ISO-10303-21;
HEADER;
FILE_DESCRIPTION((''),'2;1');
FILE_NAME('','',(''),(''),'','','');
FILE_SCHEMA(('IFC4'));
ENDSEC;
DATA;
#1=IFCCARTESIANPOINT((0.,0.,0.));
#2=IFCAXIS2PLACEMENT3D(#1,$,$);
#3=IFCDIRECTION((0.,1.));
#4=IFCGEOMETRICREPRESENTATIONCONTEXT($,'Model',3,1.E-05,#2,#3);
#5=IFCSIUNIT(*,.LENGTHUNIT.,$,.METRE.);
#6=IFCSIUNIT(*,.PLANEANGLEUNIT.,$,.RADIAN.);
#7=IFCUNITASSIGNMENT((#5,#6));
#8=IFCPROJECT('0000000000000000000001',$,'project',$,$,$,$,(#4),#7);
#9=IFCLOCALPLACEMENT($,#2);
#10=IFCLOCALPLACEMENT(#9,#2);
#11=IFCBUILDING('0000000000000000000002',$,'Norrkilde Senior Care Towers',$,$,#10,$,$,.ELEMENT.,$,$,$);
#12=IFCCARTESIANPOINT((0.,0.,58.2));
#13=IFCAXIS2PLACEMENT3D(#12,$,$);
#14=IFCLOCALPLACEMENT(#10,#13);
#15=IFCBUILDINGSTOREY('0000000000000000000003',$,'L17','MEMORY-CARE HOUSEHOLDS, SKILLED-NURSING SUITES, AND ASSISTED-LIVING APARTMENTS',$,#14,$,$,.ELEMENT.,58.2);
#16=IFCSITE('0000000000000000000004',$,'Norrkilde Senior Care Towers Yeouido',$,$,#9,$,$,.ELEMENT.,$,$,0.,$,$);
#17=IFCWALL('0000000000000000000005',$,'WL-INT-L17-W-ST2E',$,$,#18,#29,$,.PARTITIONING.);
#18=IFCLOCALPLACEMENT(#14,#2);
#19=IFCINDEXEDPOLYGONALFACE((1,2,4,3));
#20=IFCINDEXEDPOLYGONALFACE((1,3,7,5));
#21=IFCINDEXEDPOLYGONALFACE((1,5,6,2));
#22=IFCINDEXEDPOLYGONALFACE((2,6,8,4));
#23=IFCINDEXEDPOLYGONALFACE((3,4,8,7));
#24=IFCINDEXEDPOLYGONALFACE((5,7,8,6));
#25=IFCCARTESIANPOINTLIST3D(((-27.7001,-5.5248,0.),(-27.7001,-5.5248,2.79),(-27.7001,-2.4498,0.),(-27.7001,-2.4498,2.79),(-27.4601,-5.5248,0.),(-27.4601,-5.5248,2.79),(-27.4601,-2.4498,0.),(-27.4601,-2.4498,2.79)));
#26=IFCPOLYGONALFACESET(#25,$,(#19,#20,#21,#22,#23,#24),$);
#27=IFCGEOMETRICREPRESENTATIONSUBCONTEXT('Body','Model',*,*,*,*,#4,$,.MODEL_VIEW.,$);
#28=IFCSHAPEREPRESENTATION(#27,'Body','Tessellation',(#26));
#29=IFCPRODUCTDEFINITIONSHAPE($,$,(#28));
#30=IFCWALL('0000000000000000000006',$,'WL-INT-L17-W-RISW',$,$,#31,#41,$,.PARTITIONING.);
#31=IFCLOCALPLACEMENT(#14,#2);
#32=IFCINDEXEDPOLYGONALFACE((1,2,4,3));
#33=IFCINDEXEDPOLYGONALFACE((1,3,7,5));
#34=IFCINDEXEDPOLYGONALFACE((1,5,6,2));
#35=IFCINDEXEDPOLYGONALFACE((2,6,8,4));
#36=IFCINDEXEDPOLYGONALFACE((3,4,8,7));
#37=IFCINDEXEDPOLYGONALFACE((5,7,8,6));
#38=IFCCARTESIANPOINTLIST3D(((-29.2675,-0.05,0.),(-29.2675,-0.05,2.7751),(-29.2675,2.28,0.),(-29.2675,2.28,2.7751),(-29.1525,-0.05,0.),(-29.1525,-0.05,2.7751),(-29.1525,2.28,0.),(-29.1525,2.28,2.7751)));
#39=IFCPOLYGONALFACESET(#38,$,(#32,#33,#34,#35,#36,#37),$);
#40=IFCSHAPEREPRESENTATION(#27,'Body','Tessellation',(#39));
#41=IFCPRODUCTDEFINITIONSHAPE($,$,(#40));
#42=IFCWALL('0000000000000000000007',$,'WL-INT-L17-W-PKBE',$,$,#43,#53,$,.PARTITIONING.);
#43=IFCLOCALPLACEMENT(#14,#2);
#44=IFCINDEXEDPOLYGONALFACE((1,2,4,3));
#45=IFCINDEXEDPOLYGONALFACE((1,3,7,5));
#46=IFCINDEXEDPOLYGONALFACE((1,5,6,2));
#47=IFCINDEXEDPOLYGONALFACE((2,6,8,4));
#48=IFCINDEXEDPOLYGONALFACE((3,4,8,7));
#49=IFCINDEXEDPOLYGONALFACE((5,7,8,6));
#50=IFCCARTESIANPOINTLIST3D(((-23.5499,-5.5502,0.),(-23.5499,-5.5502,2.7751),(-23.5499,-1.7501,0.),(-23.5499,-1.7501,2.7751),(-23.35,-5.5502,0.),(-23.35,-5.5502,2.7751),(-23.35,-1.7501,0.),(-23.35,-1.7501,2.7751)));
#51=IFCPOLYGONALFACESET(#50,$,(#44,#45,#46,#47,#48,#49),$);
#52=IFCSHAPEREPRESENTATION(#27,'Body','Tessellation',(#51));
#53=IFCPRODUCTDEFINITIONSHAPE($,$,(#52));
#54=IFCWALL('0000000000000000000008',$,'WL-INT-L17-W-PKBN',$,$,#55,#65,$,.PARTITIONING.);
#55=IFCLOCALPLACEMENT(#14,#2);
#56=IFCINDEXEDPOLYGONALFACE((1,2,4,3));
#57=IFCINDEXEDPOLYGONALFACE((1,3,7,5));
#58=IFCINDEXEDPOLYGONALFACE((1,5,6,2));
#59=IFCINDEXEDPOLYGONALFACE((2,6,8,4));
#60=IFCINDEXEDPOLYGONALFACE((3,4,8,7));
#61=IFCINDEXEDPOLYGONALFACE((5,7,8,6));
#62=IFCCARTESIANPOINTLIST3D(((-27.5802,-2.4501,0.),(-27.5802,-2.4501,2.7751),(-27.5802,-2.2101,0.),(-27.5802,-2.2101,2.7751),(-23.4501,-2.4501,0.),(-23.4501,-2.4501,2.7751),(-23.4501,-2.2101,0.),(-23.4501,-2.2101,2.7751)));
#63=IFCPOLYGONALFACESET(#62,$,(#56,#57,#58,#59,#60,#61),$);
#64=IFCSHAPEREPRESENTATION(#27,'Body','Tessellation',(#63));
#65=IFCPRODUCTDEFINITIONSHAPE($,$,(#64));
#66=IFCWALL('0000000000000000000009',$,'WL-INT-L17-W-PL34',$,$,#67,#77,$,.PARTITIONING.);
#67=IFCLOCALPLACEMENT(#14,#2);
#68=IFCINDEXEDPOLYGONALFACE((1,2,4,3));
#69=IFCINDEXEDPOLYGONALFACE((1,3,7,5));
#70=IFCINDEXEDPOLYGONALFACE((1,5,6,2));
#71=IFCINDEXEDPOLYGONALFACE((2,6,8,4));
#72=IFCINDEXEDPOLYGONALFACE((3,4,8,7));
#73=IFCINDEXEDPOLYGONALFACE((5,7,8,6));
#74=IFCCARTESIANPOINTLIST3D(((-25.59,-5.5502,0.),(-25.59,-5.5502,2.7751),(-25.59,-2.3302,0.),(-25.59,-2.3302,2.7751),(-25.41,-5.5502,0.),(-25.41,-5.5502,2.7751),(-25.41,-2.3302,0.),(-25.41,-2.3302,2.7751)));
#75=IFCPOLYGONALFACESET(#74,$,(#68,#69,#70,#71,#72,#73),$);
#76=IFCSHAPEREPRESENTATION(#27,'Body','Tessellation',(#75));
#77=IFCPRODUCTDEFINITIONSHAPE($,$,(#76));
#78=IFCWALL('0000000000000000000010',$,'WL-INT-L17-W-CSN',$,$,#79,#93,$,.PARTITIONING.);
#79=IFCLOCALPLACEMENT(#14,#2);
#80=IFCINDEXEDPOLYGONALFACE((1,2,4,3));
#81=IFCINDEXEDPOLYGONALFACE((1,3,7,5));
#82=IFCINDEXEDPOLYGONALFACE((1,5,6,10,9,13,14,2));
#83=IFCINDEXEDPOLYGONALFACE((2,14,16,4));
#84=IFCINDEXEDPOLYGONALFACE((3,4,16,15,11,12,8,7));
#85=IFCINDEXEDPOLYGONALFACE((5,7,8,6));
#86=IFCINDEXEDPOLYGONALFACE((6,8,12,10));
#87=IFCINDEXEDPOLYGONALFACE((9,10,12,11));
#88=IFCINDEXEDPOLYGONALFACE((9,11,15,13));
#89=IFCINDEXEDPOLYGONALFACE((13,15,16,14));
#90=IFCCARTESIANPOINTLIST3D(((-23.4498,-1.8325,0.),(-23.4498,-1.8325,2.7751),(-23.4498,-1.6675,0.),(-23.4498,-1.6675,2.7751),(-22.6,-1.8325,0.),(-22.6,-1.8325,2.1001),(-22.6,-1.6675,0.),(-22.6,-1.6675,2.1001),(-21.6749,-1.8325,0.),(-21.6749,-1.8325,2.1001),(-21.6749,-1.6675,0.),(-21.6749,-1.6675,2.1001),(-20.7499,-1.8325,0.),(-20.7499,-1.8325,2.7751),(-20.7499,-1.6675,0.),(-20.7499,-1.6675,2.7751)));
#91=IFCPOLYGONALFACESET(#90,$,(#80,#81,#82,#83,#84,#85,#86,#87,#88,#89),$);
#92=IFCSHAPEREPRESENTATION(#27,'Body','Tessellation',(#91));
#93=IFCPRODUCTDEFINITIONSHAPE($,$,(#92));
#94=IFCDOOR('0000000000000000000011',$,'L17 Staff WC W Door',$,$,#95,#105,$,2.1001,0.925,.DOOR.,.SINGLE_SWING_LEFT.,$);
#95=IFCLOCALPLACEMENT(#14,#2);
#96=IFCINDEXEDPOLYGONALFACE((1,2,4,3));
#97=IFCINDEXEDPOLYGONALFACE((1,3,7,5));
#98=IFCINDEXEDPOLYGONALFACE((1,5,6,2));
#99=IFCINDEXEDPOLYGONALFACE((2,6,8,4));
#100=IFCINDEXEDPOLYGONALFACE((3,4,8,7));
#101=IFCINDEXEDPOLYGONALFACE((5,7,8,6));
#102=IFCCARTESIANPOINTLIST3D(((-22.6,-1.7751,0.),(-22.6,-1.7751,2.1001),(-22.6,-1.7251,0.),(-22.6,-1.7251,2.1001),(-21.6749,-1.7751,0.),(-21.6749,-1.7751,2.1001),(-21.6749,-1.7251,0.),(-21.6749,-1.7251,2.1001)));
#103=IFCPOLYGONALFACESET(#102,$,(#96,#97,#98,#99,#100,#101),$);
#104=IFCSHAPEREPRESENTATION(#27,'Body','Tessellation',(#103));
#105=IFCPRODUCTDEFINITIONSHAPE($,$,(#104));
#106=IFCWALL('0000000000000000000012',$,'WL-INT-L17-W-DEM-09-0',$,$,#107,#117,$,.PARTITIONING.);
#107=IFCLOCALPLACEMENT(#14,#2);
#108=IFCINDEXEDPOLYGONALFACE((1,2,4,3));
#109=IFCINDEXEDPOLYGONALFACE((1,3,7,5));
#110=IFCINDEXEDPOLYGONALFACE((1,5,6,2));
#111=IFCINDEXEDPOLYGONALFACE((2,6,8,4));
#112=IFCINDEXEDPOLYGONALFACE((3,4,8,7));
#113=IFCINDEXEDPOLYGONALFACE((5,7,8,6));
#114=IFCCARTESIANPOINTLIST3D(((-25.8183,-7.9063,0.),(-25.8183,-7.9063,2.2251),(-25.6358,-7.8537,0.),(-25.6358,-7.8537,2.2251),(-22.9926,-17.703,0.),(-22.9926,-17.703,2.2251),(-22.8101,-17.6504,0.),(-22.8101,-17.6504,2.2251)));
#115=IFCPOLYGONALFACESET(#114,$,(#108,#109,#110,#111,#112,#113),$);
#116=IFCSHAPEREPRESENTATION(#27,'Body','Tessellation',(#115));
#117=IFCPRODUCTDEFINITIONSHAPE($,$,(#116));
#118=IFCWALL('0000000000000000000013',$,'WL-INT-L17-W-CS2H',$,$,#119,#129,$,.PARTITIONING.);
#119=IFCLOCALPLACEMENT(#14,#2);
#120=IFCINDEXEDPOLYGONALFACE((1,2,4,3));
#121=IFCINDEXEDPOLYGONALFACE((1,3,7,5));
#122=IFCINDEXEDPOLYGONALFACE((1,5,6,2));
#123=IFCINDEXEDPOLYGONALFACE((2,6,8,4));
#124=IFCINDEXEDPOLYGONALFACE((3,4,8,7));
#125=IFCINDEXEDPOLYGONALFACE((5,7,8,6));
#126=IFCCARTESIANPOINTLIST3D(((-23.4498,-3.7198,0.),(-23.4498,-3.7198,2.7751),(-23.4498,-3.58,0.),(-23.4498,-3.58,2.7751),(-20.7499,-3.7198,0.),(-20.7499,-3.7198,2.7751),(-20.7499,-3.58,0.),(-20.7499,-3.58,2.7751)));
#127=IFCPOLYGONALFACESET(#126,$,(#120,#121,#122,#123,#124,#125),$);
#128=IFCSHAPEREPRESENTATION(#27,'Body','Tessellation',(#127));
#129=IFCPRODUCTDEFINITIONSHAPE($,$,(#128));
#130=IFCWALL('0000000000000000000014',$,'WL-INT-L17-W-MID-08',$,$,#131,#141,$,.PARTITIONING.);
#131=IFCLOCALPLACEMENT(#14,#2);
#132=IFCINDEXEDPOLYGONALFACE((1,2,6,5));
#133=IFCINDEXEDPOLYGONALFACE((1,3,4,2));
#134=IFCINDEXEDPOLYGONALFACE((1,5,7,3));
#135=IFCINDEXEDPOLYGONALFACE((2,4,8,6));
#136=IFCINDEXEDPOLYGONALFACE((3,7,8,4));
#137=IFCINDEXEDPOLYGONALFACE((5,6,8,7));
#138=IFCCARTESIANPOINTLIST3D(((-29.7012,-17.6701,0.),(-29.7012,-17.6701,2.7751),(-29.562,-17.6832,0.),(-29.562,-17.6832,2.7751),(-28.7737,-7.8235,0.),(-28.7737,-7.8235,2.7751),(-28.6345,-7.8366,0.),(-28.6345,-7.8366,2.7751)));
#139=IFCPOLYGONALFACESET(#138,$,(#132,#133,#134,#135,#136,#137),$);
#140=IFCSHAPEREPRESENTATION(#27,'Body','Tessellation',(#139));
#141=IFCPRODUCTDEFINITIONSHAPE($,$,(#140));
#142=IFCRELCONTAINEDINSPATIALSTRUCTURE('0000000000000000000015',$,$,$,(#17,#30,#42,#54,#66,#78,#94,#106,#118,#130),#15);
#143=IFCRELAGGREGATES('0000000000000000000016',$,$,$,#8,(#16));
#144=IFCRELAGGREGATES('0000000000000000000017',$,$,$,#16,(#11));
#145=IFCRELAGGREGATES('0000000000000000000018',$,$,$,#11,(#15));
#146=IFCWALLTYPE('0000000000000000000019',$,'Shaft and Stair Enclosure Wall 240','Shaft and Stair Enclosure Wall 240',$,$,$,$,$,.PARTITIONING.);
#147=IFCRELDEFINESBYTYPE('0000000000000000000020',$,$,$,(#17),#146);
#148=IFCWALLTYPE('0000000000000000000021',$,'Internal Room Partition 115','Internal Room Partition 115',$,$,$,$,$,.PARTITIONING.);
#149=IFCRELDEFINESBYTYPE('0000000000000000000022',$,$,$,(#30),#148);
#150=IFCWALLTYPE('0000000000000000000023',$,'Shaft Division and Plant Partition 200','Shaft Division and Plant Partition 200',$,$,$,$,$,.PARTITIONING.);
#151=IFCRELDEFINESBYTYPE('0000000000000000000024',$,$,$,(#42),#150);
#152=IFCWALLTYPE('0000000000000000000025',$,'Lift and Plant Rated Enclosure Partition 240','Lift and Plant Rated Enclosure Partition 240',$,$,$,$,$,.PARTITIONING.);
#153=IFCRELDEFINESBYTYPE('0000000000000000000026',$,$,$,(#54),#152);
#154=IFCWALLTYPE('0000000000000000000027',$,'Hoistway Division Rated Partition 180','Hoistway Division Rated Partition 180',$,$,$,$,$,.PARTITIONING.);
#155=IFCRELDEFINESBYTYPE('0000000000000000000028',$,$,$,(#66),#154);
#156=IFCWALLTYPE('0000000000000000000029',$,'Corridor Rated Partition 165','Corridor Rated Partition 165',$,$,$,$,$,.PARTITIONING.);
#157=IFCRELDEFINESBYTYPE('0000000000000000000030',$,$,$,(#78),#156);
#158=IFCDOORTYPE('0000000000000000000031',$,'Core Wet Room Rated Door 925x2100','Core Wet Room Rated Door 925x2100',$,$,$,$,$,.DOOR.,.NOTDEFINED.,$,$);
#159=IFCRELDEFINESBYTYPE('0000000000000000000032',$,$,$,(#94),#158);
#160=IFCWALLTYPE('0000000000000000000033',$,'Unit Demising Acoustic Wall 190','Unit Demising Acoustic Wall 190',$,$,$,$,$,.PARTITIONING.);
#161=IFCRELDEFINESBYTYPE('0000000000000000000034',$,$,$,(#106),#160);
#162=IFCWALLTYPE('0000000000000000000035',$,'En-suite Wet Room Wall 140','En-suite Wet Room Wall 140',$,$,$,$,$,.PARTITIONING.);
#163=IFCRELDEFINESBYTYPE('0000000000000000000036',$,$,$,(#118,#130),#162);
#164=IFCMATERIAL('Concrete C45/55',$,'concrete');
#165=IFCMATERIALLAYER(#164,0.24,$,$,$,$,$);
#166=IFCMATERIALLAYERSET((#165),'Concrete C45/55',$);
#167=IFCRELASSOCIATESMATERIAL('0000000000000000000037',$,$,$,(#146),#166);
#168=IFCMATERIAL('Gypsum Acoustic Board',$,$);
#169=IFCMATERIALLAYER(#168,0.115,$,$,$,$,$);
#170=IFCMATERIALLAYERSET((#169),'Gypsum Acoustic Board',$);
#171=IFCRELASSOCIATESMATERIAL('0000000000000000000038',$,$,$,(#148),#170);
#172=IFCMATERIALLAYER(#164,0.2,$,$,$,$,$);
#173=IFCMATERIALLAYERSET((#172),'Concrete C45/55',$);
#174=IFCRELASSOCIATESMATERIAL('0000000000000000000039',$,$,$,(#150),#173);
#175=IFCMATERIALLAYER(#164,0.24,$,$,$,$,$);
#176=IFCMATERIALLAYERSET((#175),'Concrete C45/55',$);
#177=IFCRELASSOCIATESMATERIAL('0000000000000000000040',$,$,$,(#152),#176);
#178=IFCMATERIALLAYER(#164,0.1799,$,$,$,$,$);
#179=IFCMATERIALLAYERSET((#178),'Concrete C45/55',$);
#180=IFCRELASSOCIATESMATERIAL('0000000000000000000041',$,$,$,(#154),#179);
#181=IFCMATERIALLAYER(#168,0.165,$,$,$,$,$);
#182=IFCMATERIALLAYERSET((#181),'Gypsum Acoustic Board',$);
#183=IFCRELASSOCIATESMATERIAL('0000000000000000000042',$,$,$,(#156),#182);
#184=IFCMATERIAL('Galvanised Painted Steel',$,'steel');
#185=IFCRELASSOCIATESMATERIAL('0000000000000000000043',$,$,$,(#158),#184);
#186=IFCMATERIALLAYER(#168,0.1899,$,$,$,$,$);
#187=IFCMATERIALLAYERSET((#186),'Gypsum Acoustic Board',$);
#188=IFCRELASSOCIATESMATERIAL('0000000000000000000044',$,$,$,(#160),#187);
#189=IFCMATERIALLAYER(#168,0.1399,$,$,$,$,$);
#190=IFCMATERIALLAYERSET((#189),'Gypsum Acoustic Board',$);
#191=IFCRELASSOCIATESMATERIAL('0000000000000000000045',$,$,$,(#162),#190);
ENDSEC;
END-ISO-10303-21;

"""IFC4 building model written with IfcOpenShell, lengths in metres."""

from ifc_helpers import new_model, si_unit, direction, frame, frame_2d, origin, place, context, subcontext, project, spatial, rectangle, extrude, source, transform, mapped, material, layer, layer_set, type_object, type_shapes, element, fill, save


model = new_model("IFC4")

# Units and contexts
model_context = context("Model", 3, precision=1e-05, world=origin(), true_north=direction((0.0, 1.0)))
body_context = subcontext(model_context, "Body", "Model", "MODEL_VIEW")
ifc_project = project(units=[si_unit("LENGTHUNIT", "METRE"), si_unit("PLANEANGLEUNIT", "RADIAN")], contexts=[model_context])

# Site, building, storey
site_placement = place(None, origin())
site = spatial("IfcSite", under=ifc_project, at=site_placement, Name="Norrkilde Senior Care Towers Yeouido", CompositionType="ELEMENT", RefElevation=0.0)
building_placement = place(site_placement, origin())
building = spatial("IfcBuilding", under=site, at=building_placement, Name="Norrkilde Senior Care Towers", CompositionType="ELEMENT")
storey_placement = place(building_placement, frame((0.0, 0.0, 58.2)))
storey = spatial("IfcBuildingStorey", under=building, at=storey_placement, Name="L17", Description="MEMORY-CARE HOUSEHOLDS, SKILLED-NURSING SUITES, AND ASSISTED-LIVING APARTMENTS", CompositionType="ELEMENT", Elevation=58.2)

# Wall
ifc_material_1 = material(Name="Concrete C45/55", Category="concrete")
ifc_layer_1 = layer(ifc_material_1, 0.24)
ifc_layer_set_1 = layer_set([ifc_layer_1], Name="Concrete C45/55")
wall_type_1 = type_object("IfcWallType", Name="Shaft and Stair Enclosure Wall 240", Description="Shaft and Stair Enclosure Wall 240", PredefinedType="PARTITIONING", material=ifc_layer_set_1)
shared_shape_1 = source(origin(), body_context, "Body", "SweptSolid", [
    extrude(rectangle(XDim=3.075, YDim=0.24, at=frame_2d((1.5376, 0.0))), origin(), (0.0, 0.0, 1.0), 2.79),
])
type_shapes(wall_type_1, [shared_shape_1])
wall_1_placement = place(storey_placement, frame((-27.5801, -5.5249, 0.0), z_axis=(0.0, 0.0, 1.0), x_axis=(0.0, 1.0, 0.0)))
element("IfcWall", 1, at=wall_1_placement, inside=storey, type_object=wall_type_1, Name="WL-INT-L17-W-ST2E", PredefinedType="PARTITIONING", context=body_context, shape_type="MappedRepresentation", body=[
    mapped(shared_shape_1, transform((0.0, 0.0, 0.0), x_axis=(1.0, 0.0, 0.0), y_axis=(0.0, 1.0, 0.0), z_axis=(0.0, 0.0, 1.0), scale=1.0)),
])

# Shared definitions
ifc_material_2 = material(Name="Galvanised Painted Steel", Category="steel")

# Walls
ifc_material_3 = material(Name="Gypsum Acoustic Board")
ifc_layer_2 = layer(ifc_material_3, 0.115)
ifc_layer_set_2 = layer_set([ifc_layer_2], Name="Gypsum Acoustic Board")
wall_type_2 = type_object("IfcWallType", Name="Internal Room Partition 115", Description="Internal Room Partition 115", PredefinedType="PARTITIONING", material=ifc_layer_set_2)
shared_shape_2 = source(origin(), body_context, "Body", "SweptSolid", [
    extrude(rectangle(XDim=2.3301, YDim=0.115, at=frame_2d((1.165, 0.0))), origin(), (0.0, 0.0, 1.0), 2.7751),
])
type_shapes(wall_type_2, [shared_shape_2])
wall_2_placement = place(storey_placement, frame((-29.21, -0.05, 0.0), z_axis=(0.0, 0.0, 1.0), x_axis=(0.0, 1.0, 0.0)))
element("IfcWall", 2, at=wall_2_placement, inside=storey, type_object=wall_type_2, Name="WL-INT-L17-W-RISW", PredefinedType="PARTITIONING", context=body_context, shape_type="MappedRepresentation", body=[
    mapped(shared_shape_2, transform((0.0, 0.0, 0.0), x_axis=(1.0, 0.0, 0.0), y_axis=(0.0, 1.0, 0.0), z_axis=(0.0, 0.0, 1.0), scale=1.0)),
])
ifc_layer_3 = layer(ifc_material_1, 0.2)
ifc_layer_set_3 = layer_set([ifc_layer_3], Name="Concrete C45/55")
wall_type_3 = type_object("IfcWallType", Name="Shaft Division and Plant Partition 200", Description="Shaft Division and Plant Partition 200", PredefinedType="PARTITIONING", material=ifc_layer_set_3)
shared_shape_3 = source(origin(), body_context, "Body", "SweptSolid", [
    extrude(rectangle(XDim=3.8, YDim=0.2, at=frame_2d((1.8999, 0.0))), origin(), (0.0, 0.0, 1.0), 2.7751),
])
type_shapes(wall_type_3, [shared_shape_3])
wall_3_placement = place(storey_placement, frame((-23.45, -5.55, 0.0), z_axis=(0.0, 0.0, 1.0), x_axis=(0.0, 1.0, 0.0)))
element("IfcWall", 3, at=wall_3_placement, inside=storey, type_object=wall_type_3, Name="WL-INT-L17-W-PKBE", PredefinedType="PARTITIONING", context=body_context, shape_type="MappedRepresentation", body=[
    mapped(shared_shape_3, transform((0.0, 0.0, 0.0), x_axis=(1.0, 0.0, 0.0), y_axis=(0.0, 1.0, 0.0), z_axis=(0.0, 0.0, 1.0), scale=1.0)),
])
ifc_layer_4 = layer(ifc_material_1, 0.24)
ifc_layer_set_4 = layer_set([ifc_layer_4], Name="Concrete C45/55")
wall_type_4 = type_object("IfcWallType", Name="Lift and Plant Rated Enclosure Partition 240", Description="Lift and Plant Rated Enclosure Partition 240", PredefinedType="PARTITIONING", material=ifc_layer_set_4)
shared_shape_4 = source(origin(), body_context, "Body", "SweptSolid", [
    extrude(rectangle(XDim=4.1301, YDim=0.24, at=frame_2d((2.0649, 0.0))), origin(), (0.0, 0.0, 1.0), 2.7751),
])
type_shapes(wall_type_4, [shared_shape_4])
wall_4_placement = place(storey_placement, frame((-27.5801, -2.3301, 0.0), z_axis=(0.0, 0.0, 1.0), x_axis=(1.0, 0.0, 0.0)))
element("IfcWall", 4, at=wall_4_placement, inside=storey, type_object=wall_type_4, Name="WL-INT-L17-W-PKBN", PredefinedType="PARTITIONING", context=body_context, shape_type="MappedRepresentation", body=[
    mapped(shared_shape_4, transform((0.0, 0.0, 0.0), x_axis=(1.0, 0.0, 0.0), y_axis=(0.0, 1.0, 0.0), z_axis=(0.0, 0.0, 1.0), scale=1.0)),
])
ifc_layer_5 = layer(ifc_material_1, 0.1799)
ifc_layer_set_5 = layer_set([ifc_layer_5], Name="Concrete C45/55")
wall_type_5 = type_object("IfcWallType", Name="Hoistway Division Rated Partition 180", Description="Hoistway Division Rated Partition 180", PredefinedType="PARTITIONING", material=ifc_layer_set_5)
shared_shape_5 = source(origin(), body_context, "Body", "SweptSolid", [
    extrude(rectangle(XDim=3.22, YDim=0.1799, at=frame_2d((1.6099, 0.0))), origin(), (0.0, 0.0, 1.0), 2.7751),
])
type_shapes(wall_type_5, [shared_shape_5])
wall_5_placement = place(storey_placement, frame((-25.5, -5.55, 0.0), z_axis=(0.0, 0.0, 1.0), x_axis=(0.0, 1.0, 0.0)))
element("IfcWall", 5, at=wall_5_placement, inside=storey, type_object=wall_type_5, Name="WL-INT-L17-W-PL34", PredefinedType="PARTITIONING", context=body_context, shape_type="MappedRepresentation", body=[
    mapped(shared_shape_5, transform((0.0, 0.0, 0.0), x_axis=(1.0, 0.0, 0.0), y_axis=(0.0, 1.0, 0.0), z_axis=(0.0, 0.0, 1.0), scale=1.0)),
])

# Wall, opening, door
ifc_layer_6 = layer(ifc_material_3, 0.165)
ifc_layer_set_6 = layer_set([ifc_layer_6], Name="Gypsum Acoustic Board")
wall_type_6 = type_object("IfcWallType", Name="Corridor Rated Partition 165", Description="Corridor Rated Partition 165", PredefinedType="PARTITIONING", material=ifc_layer_set_6)
shared_shape_6 = source(origin(), body_context, "Body", "SweptSolid", [
    extrude(rectangle(XDim=2.7, YDim=0.165, at=frame_2d((1.3501, 0.0))), origin(), (0.0, 0.0, 1.0), 2.7751),
])
type_shapes(wall_type_6, [shared_shape_6])
wall_6_placement = place(storey_placement, frame((-23.45, -1.75, 0.0), z_axis=(0.0, 0.0, 1.0), x_axis=(1.0, 0.0, 0.0)))
wall_6 = element("IfcWall", 6, at=wall_6_placement, inside=storey, type_object=wall_type_6, Name="WL-INT-L17-W-CSN", PredefinedType="PARTITIONING", context=body_context, shape_type="MappedRepresentation", body=[
    mapped(shared_shape_6, transform((0.0, 0.0, 0.0), x_axis=(1.0, 0.0, 0.0), y_axis=(0.0, 1.0, 0.0), z_axis=(0.0, 0.0, 1.0), scale=1.0)),
])
opening_1_placement = place(wall_6_placement, frame((0.8501, 0.0, 0.0)))
opening_1 = element("IfcOpeningElement", 7, at=opening_1_placement, cuts=wall_6, PredefinedType="OPENING", context=body_context, shape_type="SweptSolid", body=[
    extrude(rectangle(XDim=0.925, YDim=2.1001, at=frame_2d((0.4624, 1.05))), frame((0.0, 0.0925, 0.0), z_axis=(0.0, -1.0, 0.0), x_axis=(1.0, 0.0, 0.0)), (0.0, 0.0, 1.0), 0.1851),
])
door_type_1 = type_object("IfcDoorType", Name="Core Wet Room Rated Door 925x2100", Description="Core Wet Room Rated Door 925x2100", OperationType="NOTDEFINED", PredefinedType="DOOR", material=ifc_material_2)
shared_shape_7 = source(origin(), body_context, "Body", "SweptSolid", [
    extrude(rectangle(XDim=0.925, YDim=2.1001, at=frame_2d((0.4624, 1.05))), frame((0.0, 0.0249, 0.0), z_axis=(0.0, -1.0, 0.0), x_axis=(1.0, 0.0, 0.0)), (0.0, 0.0, 1.0), 0.05),
])
type_shapes(door_type_1, [shared_shape_7])
door_1_placement = place(opening_1_placement, origin())
door_1 = element("IfcDoor", 8, at=door_1_placement, inside=storey, type_object=door_type_1, Name="L17 Staff WC W Door", OperationType="SINGLE_SWING_LEFT", OverallHeight=2.1001, OverallWidth=0.925, PredefinedType="DOOR", context=body_context, shape_type="MappedRepresentation", body=[
    mapped(shared_shape_7, transform((0.0, 0.0, 0.0), x_axis=(1.0, 0.0, 0.0), y_axis=(0.0, 1.0, 0.0), z_axis=(0.0, 0.0, 1.0), scale=1.0)),
])
fill(opening_1, door_1)

# Walls
ifc_layer_7 = layer(ifc_material_3, 0.1899)
ifc_layer_set_7 = layer_set([ifc_layer_7], Name="Gypsum Acoustic Board")
wall_type_7 = type_object("IfcWallType", Name="Unit Demising Acoustic Wall 190", Description="Unit Demising Acoustic Wall 190", PredefinedType="PARTITIONING", material=ifc_layer_set_7)
shared_shape_8 = source(origin(), body_context, "Body", "SweptSolid", [
    extrude(rectangle(XDim=10.196, YDim=0.1899, at=frame_2d((5.0981, 0.0))), origin(), (0.0, 0.0, 1.0), 2.2251),
])
type_shapes(wall_type_7, [shared_shape_8])
wall_7_placement = place(storey_placement, frame((-25.7271, -7.8799, 0.0), z_axis=(0.0, 0.0, 1.0), x_axis=(0.277136, -0.960831, 0.0)))
element("IfcWall", 9, at=wall_7_placement, inside=storey, type_object=wall_type_7, Name="WL-INT-L17-W-DEM-09-0", PredefinedType="PARTITIONING", context=body_context, shape_type="MappedRepresentation", body=[
    mapped(shared_shape_8, transform((0.0, 0.0, 0.0), x_axis=(1.0, 0.0, 0.0), y_axis=(0.0, 1.0, 0.0), z_axis=(0.0, 0.0, 1.0), scale=1.0)),
])
ifc_layer_8 = layer(ifc_material_3, 0.1399)
ifc_layer_set_8 = layer_set([ifc_layer_8], Name="Gypsum Acoustic Board")
wall_type_8 = type_object("IfcWallType", Name="En-suite Wet Room Wall 140", Description="En-suite Wet Room Wall 140", PredefinedType="PARTITIONING", material=ifc_layer_set_8)
shared_shape_9 = source(origin(), body_context, "Body", "SweptSolid", [
    extrude(rectangle(XDim=2.7, YDim=0.1399, at=frame_2d((1.3501, 0.0))), origin(), (0.0, 0.0, 1.0), 2.7751),
])
wall_8_placement = place(storey_placement, frame((-23.45, -3.6499, 0.0), z_axis=(0.0, 0.0, 1.0), x_axis=(1.0, 0.0, 0.0)))
element("IfcWall", 10, at=wall_8_placement, inside=storey, type_object=wall_type_8, Name="WL-INT-L17-W-CS2H", PredefinedType="PARTITIONING", context=body_context, shape_type="MappedRepresentation", body=[
    mapped(shared_shape_9, transform((0.0, 0.0, 0.0), x_axis=(1.0, 0.0, 0.0), y_axis=(0.0, 1.0, 0.0), z_axis=(0.0, 0.0, 1.0), scale=1.0)),
])
shared_shape_10 = source(origin(), body_context, "Body", "SweptSolid", [
    extrude(rectangle(XDim=9.8901, YDim=0.1399, at=frame_2d((4.9451, 0.0))), origin(), (0.0, 0.0, 1.0), 2.7751),
])
type_shapes(wall_type_8, [shared_shape_9, shared_shape_10])
wall_9_placement = place(storey_placement, frame((-28.7041, -7.8301, 0.0), z_axis=(0.0, 0.0, 1.0), x_axis=(-0.09378, -0.995593, 0.0)))
element("IfcWall", 11, at=wall_9_placement, inside=storey, type_object=wall_type_8, Name="WL-INT-L17-W-MID-08", PredefinedType="PARTITIONING", context=body_context, shape_type="MappedRepresentation", body=[
    mapped(shared_shape_10, transform((0.0, 0.0, 0.0), x_axis=(1.0, 0.0, 0.0), y_axis=(0.0, 1.0, 0.0), z_axis=(0.0, 0.0, 1.0), scale=1.0)),
])

save(model, "model.ifc")
